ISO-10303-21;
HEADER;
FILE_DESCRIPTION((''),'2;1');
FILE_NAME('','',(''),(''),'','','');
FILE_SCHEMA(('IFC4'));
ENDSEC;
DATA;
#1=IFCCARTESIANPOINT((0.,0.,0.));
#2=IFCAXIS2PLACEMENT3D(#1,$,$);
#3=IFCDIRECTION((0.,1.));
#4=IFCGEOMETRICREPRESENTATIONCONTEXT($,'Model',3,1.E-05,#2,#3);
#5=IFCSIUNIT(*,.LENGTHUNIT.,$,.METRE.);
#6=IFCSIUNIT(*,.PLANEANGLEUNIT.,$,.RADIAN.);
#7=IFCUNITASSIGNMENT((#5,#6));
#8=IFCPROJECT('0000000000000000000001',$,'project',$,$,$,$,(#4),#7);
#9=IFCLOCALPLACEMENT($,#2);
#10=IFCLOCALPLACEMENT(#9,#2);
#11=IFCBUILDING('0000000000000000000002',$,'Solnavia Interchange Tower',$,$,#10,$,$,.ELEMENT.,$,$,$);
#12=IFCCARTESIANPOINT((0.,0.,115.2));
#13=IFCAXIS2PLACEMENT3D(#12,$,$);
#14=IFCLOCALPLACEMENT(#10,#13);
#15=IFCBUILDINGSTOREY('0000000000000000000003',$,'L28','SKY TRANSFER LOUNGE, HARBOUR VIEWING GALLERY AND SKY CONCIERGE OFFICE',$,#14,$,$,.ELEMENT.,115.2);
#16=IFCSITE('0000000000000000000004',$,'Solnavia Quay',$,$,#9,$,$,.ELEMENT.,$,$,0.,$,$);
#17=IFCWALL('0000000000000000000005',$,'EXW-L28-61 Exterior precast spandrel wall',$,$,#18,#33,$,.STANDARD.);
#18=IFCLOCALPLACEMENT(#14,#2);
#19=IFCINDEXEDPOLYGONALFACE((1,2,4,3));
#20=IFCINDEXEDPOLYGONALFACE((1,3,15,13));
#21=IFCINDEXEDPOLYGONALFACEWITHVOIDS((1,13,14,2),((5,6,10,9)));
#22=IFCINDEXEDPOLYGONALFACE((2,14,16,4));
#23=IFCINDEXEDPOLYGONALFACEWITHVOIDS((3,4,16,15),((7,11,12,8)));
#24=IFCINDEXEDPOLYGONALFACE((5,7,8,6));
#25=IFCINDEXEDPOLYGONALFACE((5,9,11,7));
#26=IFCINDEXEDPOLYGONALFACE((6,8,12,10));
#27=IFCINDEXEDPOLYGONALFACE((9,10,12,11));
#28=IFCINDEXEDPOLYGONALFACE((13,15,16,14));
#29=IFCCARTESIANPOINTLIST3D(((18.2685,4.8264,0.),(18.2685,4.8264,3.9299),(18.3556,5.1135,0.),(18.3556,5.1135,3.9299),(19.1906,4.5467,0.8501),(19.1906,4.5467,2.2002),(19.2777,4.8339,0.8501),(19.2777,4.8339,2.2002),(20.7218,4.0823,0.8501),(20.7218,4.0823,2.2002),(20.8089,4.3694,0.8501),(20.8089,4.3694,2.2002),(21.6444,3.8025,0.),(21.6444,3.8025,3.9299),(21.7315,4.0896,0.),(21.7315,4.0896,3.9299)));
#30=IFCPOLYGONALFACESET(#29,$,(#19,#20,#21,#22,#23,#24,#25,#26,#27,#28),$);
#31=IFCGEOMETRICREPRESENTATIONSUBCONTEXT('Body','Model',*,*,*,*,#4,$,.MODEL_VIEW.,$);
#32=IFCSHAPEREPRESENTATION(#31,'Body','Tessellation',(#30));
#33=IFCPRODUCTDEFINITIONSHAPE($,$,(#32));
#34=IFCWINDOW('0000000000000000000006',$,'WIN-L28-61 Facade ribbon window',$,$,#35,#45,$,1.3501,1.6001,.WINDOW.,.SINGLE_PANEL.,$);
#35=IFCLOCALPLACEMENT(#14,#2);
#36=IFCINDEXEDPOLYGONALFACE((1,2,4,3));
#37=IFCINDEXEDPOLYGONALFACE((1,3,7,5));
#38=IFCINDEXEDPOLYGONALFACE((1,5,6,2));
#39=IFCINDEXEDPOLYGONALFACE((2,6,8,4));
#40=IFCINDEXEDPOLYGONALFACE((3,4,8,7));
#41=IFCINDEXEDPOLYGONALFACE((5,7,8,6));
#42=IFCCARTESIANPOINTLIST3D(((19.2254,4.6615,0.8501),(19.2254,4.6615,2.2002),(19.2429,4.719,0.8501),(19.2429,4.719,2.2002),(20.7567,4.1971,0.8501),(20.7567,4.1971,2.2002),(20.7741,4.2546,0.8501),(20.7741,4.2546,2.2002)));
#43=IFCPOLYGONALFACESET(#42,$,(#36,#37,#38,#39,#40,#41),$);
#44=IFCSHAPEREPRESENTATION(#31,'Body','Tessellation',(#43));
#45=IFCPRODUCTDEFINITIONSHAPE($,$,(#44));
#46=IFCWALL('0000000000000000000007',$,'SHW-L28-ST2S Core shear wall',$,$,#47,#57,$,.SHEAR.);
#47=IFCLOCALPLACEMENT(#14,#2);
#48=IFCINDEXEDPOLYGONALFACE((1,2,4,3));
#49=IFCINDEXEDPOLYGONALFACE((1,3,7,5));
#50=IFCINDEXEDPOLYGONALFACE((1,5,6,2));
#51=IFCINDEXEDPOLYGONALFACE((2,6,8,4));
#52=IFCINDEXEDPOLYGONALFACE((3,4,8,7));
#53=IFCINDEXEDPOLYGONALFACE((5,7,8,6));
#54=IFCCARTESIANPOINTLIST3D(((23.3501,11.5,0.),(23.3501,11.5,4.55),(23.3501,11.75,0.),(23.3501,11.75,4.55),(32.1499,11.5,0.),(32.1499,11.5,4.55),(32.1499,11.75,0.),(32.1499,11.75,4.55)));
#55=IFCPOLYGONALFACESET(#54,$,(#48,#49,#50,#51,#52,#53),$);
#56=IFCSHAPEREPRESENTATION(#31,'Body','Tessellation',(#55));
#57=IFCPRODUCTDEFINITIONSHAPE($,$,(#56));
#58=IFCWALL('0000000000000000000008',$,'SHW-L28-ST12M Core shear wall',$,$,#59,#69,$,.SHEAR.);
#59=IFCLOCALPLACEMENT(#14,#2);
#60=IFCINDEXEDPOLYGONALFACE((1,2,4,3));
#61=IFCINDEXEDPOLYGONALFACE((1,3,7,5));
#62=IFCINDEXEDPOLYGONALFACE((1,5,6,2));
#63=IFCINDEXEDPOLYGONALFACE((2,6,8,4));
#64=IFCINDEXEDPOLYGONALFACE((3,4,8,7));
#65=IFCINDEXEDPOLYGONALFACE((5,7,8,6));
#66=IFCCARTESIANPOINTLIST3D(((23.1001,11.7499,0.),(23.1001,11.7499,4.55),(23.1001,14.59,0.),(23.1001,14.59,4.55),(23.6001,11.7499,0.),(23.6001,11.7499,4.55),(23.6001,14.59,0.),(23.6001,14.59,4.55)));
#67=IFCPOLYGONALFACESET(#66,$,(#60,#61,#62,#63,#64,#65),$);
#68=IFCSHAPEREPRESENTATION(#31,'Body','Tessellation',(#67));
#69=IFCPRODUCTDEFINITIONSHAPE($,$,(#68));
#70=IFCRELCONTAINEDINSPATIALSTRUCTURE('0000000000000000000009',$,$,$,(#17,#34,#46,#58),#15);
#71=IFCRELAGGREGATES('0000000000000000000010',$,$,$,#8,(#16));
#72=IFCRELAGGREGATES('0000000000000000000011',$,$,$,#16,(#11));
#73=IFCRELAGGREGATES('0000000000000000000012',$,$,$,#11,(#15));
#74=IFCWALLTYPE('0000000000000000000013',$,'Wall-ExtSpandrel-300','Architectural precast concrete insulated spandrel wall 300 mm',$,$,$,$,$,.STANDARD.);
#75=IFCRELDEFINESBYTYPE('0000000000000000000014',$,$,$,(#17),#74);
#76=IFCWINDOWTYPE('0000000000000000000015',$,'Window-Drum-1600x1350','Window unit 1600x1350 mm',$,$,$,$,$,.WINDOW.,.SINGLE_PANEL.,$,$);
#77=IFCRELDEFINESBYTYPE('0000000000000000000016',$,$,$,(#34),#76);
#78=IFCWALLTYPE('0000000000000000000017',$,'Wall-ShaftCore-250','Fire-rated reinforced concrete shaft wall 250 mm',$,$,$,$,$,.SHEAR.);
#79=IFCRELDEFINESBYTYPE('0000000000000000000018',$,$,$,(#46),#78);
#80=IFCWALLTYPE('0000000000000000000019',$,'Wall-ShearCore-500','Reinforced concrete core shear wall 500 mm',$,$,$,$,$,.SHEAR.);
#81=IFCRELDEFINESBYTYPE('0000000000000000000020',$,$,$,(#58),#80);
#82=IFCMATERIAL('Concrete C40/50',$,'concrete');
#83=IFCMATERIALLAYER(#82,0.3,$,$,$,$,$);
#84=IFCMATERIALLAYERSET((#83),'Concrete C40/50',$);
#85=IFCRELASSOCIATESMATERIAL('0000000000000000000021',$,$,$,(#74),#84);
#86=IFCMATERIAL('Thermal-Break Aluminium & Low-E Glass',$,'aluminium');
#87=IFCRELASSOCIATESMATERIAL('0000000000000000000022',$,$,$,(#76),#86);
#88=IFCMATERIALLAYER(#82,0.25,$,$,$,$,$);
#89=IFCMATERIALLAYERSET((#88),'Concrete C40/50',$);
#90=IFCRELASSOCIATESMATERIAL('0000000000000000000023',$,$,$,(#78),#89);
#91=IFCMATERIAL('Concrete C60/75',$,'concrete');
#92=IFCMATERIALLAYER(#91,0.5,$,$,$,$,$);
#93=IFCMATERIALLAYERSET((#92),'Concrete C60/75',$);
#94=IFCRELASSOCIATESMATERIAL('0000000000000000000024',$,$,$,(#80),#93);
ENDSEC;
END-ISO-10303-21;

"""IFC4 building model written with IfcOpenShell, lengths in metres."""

from ifc_helpers import new_model, si_unit, direction, frame, frame_2d, origin, place, context, subcontext, project, spatial, rectangle, extrude, material, layer, layer_set, type_object, element, fill, save


model = new_model("IFC4")

# Units and contexts
model_context = context("Model", 3, precision=1e-05, world=origin(), true_north=direction((0.0, 1.0)))
body_context = subcontext(model_context, "Body", "Model", "MODEL_VIEW")
ifc_project = project(units=[si_unit("LENGTHUNIT", "METRE"), si_unit("PLANEANGLEUNIT", "RADIAN")], contexts=[model_context])

# Site, building, storey
site_placement = place(None, origin())
site = spatial("IfcSite", under=ifc_project, at=site_placement, Name="Solnavia Quay", CompositionType="ELEMENT", RefElevation=0.0)
building_placement = place(site_placement, origin())
building = spatial("IfcBuilding", under=site, at=building_placement, Name="Solnavia Interchange Tower", CompositionType="ELEMENT")
storey_placement = place(building_placement, frame((0.0, 0.0, 115.2)))
storey = spatial("IfcBuildingStorey", under=building, at=storey_placement, Name="L28", Description="SKY TRANSFER LOUNGE, HARBOUR VIEWING GALLERY AND SKY CONCIERGE OFFICE", CompositionType="ELEMENT", Elevation=115.2)

# Shared definitions
ifc_material_1 = material(Name="Concrete C60/75", Category="concrete")

# Wall, opening, window
ifc_material_2 = material(Name="Concrete C40/50", Category="concrete")
ifc_layer_1 = layer(ifc_material_2, 0.3)
ifc_layer_set_1 = layer_set([ifc_layer_1], Name="Concrete C40/50")
wall_type_1 = type_object("IfcWallType", Name="Wall-ExtSpandrel-300", Description="Architectural precast concrete insulated spandrel wall 300 mm", PredefinedType="STANDARD", material=ifc_layer_set_1)
wall_1_placement = place(storey_placement, frame((21.688, 3.946, 0.0), z_axis=(0.0, 0.0, 1.0), x_axis=(-0.956953, 0.290242, 0.0)))
wall_1 = element("IfcWall", 1, at=wall_1_placement, inside=storey, type_object=wall_type_1, Name="EXW-L28-61 Exterior precast spandrel wall", PredefinedType="STANDARD", context=body_context, shape_type="SweptSolid", body=[
    extrude(rectangle(XDim=3.5278, YDim=0.3, at=frame_2d((1.7639, 0.0))), origin(), (0.0, 0.0, 1.0), 3.9299),
])
opening_placement = place(wall_1_placement, frame((0.9641, 0.0, 0.8501)))
opening = element("IfcOpeningElement", 2, at=opening_placement, cuts=wall_1, PredefinedType="OPENING", context=body_context, shape_type="SweptSolid", body=[
    extrude(rectangle(XDim=1.6001, YDim=1.3501, at=frame_2d((0.8, 0.675))), frame((0.0, 0.1602, 0.0), z_axis=(0.0, -1.0, 0.0), x_axis=(1.0, 0.0, 0.0)), (0.0, 0.0, 1.0), 0.3201),
])
ifc_material_3 = material(Name="Thermal-Break Aluminium & Low-E Glass", Category="aluminium")
window_type = type_object("IfcWindowType", Name="Window-Drum-1600x1350", Description="Window unit 1600x1350 mm", PartitioningType="SINGLE_PANEL", PredefinedType="WINDOW", material=ifc_material_3)
window_placement = place(opening_placement, origin())
window = element("IfcWindow", 3, at=window_placement, inside=storey, type_object=window_type, Name="WIN-L28-61 Facade ribbon window", OverallHeight=1.3501, OverallWidth=1.6001, PartitioningType="SINGLE_PANEL", PredefinedType="WINDOW", context=body_context, shape_type="SweptSolid", body=[
    extrude(rectangle(XDim=1.6001, YDim=1.3501, at=frame_2d((0.8, 0.675))), frame((0.0, 0.03, 0.0), z_axis=(0.0, -1.0, 0.0), x_axis=(1.0, 0.0, 0.0)), (0.0, 0.0, 1.0), 0.0601),
])
fill(opening, window)

# Walls
ifc_layer_2 = layer(ifc_material_2, 0.25)
ifc_layer_set_2 = layer_set([ifc_layer_2], Name="Concrete C40/50")
wall_type_2 = type_object("IfcWallType", Name="Wall-ShaftCore-250", Description="Fire-rated reinforced concrete shaft wall 250 mm", PredefinedType="SHEAR", material=ifc_layer_set_2)
wall_2_placement = place(storey_placement, frame((23.3501, 11.625, 0.0), z_axis=(0.0, 0.0, 1.0), x_axis=(1.0, 0.0, 0.0)))
element("IfcWall", 4, at=wall_2_placement, inside=storey, type_object=wall_type_2, Name="SHW-L28-ST2S Core shear wall", PredefinedType="SHEAR", context=body_context, shape_type="SweptSolid", body=[
    extrude(rectangle(XDim=8.7998, YDim=0.25, at=frame_2d((4.3999, 0.0))), origin(), (0.0, 0.0, 1.0), 4.55),
])
ifc_layer_3 = layer(ifc_material_1, 0.5)
ifc_layer_set_3 = layer_set([ifc_layer_3], Name="Concrete C60/75")
wall_type_3 = type_object("IfcWallType", Name="Wall-ShearCore-500", Description="Reinforced concrete core shear wall 500 mm", PredefinedType="SHEAR", material=ifc_layer_set_3)
wall_3_placement = place(storey_placement, frame((23.3501, 11.75, 0.0), z_axis=(0.0, 0.0, 1.0), x_axis=(0.0, 1.0, 0.0)))
element("IfcWall", 5, at=wall_3_placement, inside=storey, type_object=wall_type_3, Name="SHW-L28-ST12M Core shear wall", PredefinedType="SHEAR", context=body_context, shape_type="SweptSolid", body=[
    extrude(rectangle(XDim=2.8401, YDim=0.5, at=frame_2d((1.4199, 0.0))), origin(), (0.0, 0.0, 1.0), 4.55),
])

save(model, "model.ifc")
